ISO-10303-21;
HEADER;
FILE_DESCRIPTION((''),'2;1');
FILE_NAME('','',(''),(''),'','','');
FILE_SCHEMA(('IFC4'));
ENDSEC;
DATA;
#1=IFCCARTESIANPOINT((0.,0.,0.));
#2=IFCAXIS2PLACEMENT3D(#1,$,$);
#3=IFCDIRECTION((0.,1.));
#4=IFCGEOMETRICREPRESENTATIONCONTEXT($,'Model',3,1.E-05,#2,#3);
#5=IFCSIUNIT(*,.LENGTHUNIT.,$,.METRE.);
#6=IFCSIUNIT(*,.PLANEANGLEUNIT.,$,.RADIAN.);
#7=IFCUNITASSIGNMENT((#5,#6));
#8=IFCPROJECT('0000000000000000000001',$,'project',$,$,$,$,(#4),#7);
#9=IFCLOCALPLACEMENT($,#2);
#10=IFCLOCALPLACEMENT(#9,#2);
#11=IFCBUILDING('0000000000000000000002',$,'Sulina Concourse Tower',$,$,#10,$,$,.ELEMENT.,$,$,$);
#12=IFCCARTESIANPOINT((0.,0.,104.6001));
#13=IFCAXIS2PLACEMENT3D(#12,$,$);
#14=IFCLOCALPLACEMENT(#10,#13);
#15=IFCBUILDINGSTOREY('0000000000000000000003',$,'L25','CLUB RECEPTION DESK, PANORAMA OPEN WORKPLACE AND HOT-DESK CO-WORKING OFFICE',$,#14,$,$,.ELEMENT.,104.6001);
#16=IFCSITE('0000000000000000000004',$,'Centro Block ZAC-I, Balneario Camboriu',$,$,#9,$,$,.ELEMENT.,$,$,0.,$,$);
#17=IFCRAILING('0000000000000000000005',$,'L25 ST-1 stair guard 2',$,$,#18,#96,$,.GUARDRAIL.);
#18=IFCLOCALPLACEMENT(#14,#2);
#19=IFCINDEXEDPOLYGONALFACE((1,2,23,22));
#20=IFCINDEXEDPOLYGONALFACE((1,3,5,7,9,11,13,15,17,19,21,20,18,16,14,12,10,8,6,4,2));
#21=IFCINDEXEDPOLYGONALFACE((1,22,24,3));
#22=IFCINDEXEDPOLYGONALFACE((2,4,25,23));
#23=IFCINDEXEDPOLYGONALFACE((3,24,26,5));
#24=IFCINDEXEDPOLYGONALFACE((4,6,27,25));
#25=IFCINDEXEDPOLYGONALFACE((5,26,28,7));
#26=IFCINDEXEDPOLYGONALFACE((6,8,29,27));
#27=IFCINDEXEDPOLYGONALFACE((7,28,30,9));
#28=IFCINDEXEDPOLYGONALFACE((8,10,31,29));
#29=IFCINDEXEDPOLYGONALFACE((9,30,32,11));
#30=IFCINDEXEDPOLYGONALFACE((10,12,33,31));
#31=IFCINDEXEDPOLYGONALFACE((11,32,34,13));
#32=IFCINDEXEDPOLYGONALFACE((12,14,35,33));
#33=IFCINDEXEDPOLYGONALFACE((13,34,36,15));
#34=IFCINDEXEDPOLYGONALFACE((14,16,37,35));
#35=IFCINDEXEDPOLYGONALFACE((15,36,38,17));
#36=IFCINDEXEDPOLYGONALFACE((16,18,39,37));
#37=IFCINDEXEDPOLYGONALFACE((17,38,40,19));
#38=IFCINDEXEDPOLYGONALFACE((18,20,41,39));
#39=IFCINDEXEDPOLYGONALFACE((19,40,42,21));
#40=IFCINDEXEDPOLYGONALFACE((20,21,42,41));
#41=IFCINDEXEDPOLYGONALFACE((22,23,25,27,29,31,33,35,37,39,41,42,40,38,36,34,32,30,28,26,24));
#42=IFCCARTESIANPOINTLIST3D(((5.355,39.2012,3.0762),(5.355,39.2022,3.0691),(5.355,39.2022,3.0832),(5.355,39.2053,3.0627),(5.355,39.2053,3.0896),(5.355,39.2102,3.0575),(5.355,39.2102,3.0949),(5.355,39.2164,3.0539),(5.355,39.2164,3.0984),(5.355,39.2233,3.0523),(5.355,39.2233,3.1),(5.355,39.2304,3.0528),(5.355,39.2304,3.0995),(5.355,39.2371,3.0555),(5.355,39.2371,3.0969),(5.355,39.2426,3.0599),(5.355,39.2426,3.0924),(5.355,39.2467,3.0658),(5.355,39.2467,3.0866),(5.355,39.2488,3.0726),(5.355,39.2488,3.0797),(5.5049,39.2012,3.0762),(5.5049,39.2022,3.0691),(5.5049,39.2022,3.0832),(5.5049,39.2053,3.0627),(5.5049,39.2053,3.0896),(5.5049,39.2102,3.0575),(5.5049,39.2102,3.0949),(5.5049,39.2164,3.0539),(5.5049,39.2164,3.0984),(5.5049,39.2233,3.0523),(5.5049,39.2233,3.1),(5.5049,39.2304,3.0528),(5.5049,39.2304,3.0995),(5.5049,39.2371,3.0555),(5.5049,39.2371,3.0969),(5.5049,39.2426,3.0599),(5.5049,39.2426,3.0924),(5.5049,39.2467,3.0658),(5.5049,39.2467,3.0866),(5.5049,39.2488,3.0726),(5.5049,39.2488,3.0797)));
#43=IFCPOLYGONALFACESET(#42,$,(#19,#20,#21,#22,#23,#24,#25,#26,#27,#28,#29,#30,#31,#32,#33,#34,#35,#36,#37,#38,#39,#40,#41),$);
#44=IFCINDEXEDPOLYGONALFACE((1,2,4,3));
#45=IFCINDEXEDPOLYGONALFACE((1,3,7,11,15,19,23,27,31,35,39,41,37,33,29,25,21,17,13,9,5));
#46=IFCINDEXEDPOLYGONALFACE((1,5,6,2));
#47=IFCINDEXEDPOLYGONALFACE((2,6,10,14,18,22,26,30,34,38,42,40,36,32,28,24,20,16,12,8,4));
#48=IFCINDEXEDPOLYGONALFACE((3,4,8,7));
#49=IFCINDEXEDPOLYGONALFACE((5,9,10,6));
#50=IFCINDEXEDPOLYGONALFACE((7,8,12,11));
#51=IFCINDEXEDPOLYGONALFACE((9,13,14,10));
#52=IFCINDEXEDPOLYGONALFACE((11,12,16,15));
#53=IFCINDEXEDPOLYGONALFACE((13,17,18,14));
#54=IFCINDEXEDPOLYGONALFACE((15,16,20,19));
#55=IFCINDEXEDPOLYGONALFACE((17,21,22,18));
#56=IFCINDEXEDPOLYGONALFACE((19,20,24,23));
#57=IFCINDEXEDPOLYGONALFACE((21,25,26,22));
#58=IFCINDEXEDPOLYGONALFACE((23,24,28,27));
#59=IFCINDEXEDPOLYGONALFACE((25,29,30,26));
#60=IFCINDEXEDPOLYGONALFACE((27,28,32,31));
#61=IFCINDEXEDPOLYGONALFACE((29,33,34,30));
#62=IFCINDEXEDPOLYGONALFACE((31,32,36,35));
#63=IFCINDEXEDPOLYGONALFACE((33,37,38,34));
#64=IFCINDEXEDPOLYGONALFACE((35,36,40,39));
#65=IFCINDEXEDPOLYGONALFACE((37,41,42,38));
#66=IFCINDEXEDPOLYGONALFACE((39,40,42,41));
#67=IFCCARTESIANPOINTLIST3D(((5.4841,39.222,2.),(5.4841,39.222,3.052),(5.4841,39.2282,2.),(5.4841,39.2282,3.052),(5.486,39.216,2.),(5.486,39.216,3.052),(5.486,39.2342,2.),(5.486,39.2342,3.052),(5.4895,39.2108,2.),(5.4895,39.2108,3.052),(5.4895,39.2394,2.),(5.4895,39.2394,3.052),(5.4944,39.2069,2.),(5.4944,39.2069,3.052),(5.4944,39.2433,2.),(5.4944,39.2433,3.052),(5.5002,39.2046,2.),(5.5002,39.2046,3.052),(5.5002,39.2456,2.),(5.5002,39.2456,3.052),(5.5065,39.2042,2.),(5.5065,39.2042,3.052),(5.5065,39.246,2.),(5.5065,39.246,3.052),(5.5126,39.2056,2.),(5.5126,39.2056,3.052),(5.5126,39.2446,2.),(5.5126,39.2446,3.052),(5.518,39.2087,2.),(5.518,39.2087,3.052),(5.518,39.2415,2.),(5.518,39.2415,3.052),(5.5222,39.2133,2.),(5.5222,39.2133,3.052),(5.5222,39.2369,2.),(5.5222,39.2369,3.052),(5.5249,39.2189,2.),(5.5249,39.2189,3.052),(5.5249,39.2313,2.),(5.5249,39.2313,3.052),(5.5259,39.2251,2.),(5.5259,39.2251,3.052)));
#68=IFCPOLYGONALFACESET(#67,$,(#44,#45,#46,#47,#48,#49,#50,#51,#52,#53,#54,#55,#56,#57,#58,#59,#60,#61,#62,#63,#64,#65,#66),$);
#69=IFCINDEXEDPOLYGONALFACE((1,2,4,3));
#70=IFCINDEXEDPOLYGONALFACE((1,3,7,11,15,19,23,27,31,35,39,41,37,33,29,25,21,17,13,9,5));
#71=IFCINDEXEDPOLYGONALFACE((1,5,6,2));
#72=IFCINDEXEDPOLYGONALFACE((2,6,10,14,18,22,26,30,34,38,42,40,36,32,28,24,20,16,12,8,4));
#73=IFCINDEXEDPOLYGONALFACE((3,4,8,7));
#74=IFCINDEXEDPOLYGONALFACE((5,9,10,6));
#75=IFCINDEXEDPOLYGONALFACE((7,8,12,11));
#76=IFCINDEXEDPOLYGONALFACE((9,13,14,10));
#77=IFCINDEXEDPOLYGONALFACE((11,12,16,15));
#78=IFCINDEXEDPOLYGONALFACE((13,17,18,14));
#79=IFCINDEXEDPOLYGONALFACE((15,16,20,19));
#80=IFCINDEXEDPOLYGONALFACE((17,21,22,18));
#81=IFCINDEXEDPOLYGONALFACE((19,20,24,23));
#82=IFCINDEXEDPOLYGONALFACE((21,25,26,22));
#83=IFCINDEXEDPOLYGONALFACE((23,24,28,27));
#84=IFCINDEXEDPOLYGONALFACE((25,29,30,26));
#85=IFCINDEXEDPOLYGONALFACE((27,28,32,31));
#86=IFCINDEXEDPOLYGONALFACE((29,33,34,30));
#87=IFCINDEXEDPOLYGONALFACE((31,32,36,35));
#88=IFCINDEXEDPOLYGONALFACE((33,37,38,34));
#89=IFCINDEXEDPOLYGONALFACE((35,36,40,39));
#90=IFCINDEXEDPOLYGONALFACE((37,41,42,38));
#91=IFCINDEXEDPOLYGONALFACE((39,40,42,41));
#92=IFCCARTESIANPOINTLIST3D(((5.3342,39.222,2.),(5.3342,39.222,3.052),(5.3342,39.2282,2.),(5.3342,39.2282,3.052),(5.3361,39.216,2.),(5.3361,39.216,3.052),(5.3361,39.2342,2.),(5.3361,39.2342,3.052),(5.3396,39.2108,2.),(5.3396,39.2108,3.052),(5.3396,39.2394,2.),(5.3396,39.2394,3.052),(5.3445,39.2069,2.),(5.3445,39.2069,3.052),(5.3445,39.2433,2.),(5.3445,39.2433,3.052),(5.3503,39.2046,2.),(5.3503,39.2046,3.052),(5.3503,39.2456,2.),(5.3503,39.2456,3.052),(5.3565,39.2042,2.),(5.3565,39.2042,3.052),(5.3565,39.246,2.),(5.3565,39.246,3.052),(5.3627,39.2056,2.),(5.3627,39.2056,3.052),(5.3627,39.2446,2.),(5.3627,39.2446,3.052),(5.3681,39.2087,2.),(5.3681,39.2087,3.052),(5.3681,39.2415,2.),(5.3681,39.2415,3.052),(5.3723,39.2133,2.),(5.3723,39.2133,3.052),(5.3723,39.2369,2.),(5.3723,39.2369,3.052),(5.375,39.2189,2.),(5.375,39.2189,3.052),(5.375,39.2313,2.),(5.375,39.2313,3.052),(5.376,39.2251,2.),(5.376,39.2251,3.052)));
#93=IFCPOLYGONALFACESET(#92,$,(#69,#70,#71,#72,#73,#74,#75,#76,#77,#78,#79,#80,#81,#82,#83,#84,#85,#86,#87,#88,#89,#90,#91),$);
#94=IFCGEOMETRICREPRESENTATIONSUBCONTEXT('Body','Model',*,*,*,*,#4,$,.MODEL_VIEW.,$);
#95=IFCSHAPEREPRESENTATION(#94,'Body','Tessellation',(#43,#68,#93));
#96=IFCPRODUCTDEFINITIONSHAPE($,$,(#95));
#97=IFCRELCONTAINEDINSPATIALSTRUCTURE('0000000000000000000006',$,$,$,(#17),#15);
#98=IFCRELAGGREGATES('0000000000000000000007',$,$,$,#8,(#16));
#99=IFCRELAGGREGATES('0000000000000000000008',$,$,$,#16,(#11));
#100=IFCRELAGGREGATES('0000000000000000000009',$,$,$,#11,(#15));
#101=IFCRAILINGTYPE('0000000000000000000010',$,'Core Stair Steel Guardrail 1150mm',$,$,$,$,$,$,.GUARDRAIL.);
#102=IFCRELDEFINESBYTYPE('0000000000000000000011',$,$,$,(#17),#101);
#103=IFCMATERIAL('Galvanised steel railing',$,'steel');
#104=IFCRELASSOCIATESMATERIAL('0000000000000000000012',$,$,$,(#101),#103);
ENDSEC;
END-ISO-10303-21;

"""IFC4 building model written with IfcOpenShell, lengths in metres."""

from ifc_helpers import new_model, si_unit, direction, frame, origin, origin_2d, place, context, subcontext, project, spatial, circle, extrude, material, type_object, element, save


model = new_model("IFC4")

# Units and contexts
model_context = context("Model", 3, precision=1e-05, world=origin(), true_north=direction((0.0, 1.0)))
body_context = subcontext(model_context, "Body", "Model", "MODEL_VIEW")
ifc_project = project(units=[si_unit("LENGTHUNIT", "METRE"), si_unit("PLANEANGLEUNIT", "RADIAN")], contexts=[model_context])

# Site, building, storey
site_placement = place(None, origin())
site = spatial("IfcSite", under=ifc_project, at=site_placement, Name="Centro Block ZAC-I, Balneario Camboriu", CompositionType="ELEMENT", RefElevation=0.0)
building_placement = place(site_placement, origin())
building = spatial("IfcBuilding", under=site, at=building_placement, Name="Sulina Concourse Tower", CompositionType="ELEMENT")
storey_placement = place(building_placement, frame((0.0, 0.0, 104.6001)))
storey = spatial("IfcBuildingStorey", under=building, at=storey_placement, Name="L25", Description="CLUB RECEPTION DESK, PANORAMA OPEN WORKPLACE AND HOT-DESK CO-WORKING OFFICE", CompositionType="ELEMENT", Elevation=104.6001)

# Railing
ifc_material_1 = material(Name="Galvanised steel railing", Category="steel")
railing_type_1 = type_object("IfcRailingType", Name="Core Stair Steel Guardrail 1150mm", PredefinedType="GUARDRAIL", material=ifc_material_1)
railing_1_placement = place(storey_placement, frame((5.5049, 39.2251, 2.0)))
element("IfcRailing", 1, at=railing_1_placement, inside=storey, type_object=railing_type_1, Name="L25 ST-1 stair guard 2", PredefinedType="GUARDRAIL", context=body_context, shape_type="SweptSolid", body=[
    extrude(circle(Radius=0.0239, at=origin_2d()), frame((0.0, 0.0, 1.0762), z_axis=(-1.0, 0.0, 0.0), x_axis=(0.0, -1.0, 0.0)), (0.0, 0.0, 1.0), 0.1499),
    extrude(circle(Radius=0.021, at=origin_2d()), origin(), (0.0, 0.0, 1.0), 1.052),
    extrude(circle(Radius=0.021, at=origin_2d()), frame((-0.1499, 0.0, 0.0)), (0.0, 0.0, 1.0), 1.052),
])

save(model, "model.ifc")
